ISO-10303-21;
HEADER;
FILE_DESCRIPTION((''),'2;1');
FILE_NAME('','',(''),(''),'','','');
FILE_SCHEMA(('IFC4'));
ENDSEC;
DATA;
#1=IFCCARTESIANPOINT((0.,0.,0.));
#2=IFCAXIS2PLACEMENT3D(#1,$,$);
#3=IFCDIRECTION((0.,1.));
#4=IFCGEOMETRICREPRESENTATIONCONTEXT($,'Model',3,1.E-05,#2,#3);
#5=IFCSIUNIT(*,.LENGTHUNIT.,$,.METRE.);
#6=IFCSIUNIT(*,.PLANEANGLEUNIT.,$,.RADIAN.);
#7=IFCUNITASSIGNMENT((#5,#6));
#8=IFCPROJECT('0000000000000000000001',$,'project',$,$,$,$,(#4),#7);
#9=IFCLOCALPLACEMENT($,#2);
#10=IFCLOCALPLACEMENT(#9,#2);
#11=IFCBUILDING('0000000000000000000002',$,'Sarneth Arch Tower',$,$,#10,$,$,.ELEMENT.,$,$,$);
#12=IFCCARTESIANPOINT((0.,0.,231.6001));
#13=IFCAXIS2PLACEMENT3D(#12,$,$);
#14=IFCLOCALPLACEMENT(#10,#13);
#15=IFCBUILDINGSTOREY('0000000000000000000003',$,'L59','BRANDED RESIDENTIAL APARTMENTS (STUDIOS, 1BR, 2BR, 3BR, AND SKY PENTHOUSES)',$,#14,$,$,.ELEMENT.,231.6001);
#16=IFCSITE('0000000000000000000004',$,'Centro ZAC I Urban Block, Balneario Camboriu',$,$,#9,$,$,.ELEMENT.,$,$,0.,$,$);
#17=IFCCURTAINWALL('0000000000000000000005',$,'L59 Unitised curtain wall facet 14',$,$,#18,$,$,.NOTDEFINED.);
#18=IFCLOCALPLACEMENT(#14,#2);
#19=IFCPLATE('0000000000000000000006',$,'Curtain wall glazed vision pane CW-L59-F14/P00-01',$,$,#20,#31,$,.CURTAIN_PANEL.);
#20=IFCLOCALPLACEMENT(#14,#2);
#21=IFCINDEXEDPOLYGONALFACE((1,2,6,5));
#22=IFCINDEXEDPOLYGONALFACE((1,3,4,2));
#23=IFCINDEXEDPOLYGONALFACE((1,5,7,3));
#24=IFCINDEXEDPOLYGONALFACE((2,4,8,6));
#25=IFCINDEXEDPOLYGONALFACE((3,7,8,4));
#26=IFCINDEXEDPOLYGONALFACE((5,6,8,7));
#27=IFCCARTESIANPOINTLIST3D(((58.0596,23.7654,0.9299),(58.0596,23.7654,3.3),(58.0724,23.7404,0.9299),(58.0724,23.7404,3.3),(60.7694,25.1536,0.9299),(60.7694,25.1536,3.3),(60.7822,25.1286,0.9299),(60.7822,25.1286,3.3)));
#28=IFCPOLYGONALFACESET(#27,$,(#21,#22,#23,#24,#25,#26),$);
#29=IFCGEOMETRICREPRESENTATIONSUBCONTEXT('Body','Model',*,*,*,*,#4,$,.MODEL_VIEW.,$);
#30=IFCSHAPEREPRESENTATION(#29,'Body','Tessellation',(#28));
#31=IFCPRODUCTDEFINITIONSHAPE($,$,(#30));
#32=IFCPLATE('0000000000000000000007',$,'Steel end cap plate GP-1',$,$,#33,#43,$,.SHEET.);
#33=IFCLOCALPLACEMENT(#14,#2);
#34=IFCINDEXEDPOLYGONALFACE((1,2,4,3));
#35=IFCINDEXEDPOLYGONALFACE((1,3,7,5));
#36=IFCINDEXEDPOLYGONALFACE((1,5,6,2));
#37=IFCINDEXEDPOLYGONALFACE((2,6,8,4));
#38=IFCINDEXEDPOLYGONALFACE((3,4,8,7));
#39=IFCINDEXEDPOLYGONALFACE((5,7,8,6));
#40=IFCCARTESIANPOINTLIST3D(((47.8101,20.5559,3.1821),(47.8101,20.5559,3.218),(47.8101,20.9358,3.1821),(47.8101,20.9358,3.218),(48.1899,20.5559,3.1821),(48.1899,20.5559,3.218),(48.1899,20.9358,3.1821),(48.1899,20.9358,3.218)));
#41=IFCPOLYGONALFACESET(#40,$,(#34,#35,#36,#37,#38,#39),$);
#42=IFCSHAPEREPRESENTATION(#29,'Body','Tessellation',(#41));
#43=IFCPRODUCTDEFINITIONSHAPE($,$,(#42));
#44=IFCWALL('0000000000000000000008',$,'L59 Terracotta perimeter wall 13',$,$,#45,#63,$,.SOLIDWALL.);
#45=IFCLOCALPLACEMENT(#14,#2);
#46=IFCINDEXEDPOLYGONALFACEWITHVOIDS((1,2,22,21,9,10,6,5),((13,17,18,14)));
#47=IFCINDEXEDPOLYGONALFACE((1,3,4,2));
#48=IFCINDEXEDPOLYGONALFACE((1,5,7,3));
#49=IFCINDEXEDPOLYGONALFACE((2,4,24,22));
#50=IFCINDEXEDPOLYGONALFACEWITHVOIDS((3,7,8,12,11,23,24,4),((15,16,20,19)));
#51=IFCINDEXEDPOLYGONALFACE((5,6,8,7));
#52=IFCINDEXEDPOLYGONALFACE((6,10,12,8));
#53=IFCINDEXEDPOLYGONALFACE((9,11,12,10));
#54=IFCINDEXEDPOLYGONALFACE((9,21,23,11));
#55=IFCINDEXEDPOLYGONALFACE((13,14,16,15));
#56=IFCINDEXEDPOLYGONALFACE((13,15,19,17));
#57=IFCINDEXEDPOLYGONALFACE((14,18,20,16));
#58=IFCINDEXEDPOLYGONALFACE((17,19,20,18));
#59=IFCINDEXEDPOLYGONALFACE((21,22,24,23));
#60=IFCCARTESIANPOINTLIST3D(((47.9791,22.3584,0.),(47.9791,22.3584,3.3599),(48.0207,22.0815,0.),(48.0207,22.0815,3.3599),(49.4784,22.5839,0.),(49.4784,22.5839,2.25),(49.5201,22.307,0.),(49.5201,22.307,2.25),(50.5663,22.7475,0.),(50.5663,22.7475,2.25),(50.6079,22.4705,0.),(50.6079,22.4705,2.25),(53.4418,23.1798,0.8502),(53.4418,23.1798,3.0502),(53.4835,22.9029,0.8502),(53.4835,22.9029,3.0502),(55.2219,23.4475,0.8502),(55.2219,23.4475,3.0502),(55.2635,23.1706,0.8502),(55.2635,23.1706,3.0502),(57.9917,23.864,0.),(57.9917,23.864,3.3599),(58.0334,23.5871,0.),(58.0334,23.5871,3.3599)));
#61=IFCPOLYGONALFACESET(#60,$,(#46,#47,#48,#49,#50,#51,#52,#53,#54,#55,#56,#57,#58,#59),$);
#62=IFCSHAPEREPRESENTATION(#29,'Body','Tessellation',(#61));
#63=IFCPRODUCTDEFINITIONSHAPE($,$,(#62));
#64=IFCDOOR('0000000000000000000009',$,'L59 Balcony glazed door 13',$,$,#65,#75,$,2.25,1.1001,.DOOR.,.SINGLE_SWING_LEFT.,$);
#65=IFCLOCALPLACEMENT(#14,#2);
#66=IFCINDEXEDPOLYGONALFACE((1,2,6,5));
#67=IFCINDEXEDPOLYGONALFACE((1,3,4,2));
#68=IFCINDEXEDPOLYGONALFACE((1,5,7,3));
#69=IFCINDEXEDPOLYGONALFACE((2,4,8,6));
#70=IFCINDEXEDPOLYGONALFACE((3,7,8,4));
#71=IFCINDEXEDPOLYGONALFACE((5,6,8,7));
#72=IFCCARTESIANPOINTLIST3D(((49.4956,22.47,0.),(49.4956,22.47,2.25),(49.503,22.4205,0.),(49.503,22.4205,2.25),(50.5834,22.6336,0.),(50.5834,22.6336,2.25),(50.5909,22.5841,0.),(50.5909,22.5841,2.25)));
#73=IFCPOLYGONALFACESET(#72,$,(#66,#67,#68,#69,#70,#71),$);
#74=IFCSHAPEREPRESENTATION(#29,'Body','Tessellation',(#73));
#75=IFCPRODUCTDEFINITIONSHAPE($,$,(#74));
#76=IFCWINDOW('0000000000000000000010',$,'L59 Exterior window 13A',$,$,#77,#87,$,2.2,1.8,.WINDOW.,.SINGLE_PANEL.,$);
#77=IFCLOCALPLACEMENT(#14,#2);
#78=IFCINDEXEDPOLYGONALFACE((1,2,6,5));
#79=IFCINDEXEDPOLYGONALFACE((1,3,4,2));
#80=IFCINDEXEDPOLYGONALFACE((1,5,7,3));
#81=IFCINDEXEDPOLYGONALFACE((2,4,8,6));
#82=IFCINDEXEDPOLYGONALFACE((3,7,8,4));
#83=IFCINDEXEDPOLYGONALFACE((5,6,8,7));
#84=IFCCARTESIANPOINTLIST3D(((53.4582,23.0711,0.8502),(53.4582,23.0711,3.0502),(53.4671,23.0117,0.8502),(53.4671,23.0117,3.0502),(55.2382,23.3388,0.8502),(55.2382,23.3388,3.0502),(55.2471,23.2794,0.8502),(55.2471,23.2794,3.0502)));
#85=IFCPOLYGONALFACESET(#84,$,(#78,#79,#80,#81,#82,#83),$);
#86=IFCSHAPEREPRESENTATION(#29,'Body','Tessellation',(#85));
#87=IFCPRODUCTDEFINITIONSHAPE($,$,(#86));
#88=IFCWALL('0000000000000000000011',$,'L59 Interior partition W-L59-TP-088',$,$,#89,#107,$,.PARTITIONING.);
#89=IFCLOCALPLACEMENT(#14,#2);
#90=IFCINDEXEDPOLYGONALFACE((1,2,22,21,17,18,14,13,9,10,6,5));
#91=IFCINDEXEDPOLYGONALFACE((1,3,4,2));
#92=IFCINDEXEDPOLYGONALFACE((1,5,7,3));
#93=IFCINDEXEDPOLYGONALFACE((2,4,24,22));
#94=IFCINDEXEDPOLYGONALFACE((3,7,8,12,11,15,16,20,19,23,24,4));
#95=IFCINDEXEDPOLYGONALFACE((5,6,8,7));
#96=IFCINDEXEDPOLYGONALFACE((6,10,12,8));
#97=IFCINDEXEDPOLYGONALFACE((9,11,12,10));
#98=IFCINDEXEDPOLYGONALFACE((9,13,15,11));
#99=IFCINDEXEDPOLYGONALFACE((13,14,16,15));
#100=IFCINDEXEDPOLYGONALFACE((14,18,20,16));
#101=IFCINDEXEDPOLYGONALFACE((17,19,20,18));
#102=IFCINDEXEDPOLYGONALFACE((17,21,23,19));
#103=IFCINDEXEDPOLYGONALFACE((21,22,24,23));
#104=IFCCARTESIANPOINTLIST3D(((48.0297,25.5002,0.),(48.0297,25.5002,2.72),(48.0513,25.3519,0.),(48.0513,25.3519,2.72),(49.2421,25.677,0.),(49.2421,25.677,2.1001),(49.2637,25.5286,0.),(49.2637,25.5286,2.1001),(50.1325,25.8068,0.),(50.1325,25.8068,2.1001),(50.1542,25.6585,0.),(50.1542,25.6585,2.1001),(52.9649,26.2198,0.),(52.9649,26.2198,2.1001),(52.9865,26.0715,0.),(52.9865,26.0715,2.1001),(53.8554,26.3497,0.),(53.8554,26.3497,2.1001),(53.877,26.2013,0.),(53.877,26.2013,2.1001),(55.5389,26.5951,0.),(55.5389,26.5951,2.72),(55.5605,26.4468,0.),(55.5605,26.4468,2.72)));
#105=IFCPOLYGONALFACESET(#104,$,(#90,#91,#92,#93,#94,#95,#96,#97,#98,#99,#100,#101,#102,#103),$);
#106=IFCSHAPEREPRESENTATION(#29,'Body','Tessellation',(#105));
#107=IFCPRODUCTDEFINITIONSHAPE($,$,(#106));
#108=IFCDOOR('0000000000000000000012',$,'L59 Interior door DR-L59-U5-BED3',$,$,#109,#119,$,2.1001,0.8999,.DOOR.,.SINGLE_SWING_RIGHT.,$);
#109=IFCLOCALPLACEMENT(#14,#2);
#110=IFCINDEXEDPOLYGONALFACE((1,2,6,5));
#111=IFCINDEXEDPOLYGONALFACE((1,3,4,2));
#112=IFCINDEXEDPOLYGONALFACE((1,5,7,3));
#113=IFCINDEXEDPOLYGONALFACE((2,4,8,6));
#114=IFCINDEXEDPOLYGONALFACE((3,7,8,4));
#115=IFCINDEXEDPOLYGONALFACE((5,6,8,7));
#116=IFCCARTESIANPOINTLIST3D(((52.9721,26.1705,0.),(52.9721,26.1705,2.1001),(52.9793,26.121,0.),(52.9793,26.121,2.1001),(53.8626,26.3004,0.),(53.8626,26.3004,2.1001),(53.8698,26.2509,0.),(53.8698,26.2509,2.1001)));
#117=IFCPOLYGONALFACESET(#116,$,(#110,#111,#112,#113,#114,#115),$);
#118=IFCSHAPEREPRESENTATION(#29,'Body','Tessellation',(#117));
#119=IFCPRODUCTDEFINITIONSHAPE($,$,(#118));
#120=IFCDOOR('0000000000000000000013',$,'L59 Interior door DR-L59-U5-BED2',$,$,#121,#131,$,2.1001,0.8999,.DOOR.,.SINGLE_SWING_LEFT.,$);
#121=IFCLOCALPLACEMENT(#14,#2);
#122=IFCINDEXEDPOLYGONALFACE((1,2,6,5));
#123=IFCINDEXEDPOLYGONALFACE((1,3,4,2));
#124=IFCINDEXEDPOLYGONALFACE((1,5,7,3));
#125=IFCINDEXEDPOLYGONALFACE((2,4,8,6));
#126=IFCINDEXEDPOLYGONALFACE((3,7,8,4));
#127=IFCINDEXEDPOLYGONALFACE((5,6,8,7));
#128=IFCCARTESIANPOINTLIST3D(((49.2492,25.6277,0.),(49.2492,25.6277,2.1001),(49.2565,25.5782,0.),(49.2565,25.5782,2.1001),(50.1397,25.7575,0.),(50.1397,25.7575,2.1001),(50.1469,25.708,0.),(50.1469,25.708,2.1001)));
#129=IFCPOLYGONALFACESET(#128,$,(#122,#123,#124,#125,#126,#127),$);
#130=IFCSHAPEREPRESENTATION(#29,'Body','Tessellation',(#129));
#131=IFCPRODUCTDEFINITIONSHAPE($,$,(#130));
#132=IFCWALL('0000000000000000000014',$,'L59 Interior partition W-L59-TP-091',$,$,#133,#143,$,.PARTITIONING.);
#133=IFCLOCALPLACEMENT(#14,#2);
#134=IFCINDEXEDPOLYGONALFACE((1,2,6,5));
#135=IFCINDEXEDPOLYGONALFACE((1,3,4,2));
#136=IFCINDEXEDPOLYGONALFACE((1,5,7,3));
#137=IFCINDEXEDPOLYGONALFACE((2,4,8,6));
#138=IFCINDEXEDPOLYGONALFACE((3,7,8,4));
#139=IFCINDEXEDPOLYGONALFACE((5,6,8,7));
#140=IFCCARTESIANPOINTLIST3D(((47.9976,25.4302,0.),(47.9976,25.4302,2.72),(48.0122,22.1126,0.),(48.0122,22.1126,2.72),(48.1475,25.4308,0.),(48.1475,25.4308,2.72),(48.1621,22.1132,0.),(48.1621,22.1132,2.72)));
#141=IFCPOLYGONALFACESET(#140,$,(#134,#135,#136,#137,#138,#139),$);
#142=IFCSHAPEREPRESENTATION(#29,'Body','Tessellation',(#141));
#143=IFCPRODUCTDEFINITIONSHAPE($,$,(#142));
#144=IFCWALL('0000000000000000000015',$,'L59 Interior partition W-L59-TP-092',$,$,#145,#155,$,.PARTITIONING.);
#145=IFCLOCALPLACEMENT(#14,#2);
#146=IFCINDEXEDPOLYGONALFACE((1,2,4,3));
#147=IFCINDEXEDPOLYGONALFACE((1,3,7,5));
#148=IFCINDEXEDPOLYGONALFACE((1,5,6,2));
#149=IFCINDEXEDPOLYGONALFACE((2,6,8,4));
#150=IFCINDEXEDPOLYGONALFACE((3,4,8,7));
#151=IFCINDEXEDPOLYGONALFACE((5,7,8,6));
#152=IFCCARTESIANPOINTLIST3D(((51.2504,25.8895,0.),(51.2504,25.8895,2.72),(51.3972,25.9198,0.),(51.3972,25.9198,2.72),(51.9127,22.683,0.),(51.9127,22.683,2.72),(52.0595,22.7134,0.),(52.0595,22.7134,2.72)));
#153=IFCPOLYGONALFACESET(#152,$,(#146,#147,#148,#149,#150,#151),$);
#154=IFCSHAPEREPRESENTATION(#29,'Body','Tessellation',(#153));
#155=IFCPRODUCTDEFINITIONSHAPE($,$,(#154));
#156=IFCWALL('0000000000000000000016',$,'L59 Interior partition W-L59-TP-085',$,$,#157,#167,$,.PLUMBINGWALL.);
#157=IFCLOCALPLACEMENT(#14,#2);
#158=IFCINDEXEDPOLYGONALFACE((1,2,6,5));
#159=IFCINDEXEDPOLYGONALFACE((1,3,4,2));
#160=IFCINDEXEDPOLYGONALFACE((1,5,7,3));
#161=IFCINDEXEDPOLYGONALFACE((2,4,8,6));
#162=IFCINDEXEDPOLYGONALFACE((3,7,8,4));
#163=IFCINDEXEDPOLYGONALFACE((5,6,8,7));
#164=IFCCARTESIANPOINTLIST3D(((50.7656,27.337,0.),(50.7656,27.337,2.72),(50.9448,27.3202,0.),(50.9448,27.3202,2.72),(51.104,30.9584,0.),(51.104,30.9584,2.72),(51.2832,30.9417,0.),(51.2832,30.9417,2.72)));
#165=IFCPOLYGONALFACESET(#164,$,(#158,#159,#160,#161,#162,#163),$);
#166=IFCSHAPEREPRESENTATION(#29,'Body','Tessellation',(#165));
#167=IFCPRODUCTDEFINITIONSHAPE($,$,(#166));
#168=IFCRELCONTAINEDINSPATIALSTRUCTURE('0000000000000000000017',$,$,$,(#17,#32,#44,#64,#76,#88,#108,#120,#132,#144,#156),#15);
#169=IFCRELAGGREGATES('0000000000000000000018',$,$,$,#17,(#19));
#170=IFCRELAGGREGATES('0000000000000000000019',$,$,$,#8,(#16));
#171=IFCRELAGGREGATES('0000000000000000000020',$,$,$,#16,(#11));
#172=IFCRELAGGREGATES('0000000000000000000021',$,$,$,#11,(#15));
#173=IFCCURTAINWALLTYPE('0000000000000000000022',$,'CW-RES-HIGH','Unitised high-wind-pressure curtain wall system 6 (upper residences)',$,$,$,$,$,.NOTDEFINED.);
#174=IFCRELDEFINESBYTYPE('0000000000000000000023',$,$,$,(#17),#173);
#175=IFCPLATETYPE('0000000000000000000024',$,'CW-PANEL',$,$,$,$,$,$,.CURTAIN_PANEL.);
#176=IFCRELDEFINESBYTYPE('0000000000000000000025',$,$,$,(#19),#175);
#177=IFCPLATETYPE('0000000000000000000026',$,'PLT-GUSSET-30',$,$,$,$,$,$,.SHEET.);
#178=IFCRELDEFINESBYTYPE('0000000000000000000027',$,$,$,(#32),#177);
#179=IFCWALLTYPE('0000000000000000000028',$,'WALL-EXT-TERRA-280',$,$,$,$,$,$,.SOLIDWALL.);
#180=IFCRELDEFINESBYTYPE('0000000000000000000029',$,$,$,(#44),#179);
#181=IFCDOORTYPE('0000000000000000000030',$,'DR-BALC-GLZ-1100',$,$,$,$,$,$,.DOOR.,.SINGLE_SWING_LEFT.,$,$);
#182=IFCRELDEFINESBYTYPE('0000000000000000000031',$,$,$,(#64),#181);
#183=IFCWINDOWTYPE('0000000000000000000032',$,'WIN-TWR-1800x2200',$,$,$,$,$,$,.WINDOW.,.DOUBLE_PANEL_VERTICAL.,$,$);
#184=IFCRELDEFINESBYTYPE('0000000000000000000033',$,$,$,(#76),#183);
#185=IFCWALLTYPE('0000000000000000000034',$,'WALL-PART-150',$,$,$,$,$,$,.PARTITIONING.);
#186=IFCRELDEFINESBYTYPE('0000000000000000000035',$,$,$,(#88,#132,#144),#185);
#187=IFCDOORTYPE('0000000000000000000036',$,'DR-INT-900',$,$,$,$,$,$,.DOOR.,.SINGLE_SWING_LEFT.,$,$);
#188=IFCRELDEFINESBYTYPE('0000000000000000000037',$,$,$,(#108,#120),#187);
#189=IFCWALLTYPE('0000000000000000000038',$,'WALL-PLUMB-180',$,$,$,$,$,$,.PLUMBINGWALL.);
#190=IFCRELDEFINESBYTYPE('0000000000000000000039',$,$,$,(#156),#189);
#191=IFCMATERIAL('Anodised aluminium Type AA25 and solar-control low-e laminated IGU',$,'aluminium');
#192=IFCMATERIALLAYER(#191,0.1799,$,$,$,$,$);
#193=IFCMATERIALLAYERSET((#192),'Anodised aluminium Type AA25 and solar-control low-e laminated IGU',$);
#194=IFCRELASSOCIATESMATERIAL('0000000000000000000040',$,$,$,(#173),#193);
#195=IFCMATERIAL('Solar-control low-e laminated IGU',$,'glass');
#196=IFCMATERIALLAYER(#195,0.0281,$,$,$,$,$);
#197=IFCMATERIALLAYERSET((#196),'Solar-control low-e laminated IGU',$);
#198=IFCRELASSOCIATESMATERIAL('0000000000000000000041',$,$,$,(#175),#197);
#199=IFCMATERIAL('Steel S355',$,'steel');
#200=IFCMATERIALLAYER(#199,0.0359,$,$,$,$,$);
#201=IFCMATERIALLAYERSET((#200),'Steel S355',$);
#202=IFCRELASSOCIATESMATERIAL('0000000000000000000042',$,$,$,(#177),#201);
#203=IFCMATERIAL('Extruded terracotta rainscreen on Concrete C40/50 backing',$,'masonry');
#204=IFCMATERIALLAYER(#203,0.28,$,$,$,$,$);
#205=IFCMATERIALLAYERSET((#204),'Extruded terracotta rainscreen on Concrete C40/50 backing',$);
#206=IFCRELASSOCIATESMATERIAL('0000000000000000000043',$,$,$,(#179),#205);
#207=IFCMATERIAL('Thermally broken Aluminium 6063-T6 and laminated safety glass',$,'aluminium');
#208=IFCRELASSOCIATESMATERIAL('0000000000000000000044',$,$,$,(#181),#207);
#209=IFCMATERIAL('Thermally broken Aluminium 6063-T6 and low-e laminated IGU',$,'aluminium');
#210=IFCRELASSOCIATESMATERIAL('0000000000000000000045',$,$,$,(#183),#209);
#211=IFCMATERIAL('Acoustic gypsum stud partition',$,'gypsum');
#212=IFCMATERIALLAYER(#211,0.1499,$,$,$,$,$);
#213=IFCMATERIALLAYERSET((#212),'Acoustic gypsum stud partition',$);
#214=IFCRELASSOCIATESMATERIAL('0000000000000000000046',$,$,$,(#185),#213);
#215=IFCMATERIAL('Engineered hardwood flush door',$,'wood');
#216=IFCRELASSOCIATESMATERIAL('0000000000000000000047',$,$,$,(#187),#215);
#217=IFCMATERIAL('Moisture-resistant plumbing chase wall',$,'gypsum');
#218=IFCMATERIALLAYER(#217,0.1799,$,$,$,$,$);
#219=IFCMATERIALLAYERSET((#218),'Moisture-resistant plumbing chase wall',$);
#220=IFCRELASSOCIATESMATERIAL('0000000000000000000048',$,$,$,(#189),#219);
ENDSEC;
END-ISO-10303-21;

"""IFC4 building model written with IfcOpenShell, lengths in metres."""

from ifc_helpers import new_model, si_unit, direction, frame, frame_2d, origin, origin_2d, place, context, subcontext, project, spatial, rectangle, extrude, material, layer, layer_set, type_object, element, fill, aggregate, save


model = new_model("IFC4")

# Units and contexts
model_context = context("Model", 3, precision=1e-05, world=origin(), true_north=direction((0.0, 1.0)))
body_context = subcontext(model_context, "Body", "Model", "MODEL_VIEW")
ifc_project = project(units=[si_unit("LENGTHUNIT", "METRE"), si_unit("PLANEANGLEUNIT", "RADIAN")], contexts=[model_context])

# Site, building, storey
site_placement = place(None, origin())
site = spatial("IfcSite", under=ifc_project, at=site_placement, Name="Centro ZAC I Urban Block, Balneario Camboriu", CompositionType="ELEMENT", RefElevation=0.0)
building_placement = place(site_placement, origin())
building = spatial("IfcBuilding", under=site, at=building_placement, Name="Sarneth Arch Tower", CompositionType="ELEMENT")
storey_placement = place(building_placement, frame((0.0, 0.0, 231.6001)))
storey = spatial("IfcBuildingStorey", under=building, at=storey_placement, Name="L59", Description="BRANDED RESIDENTIAL APARTMENTS (STUDIOS, 1BR, 2BR, 3BR, AND SKY PENTHOUSES)", CompositionType="ELEMENT", Elevation=231.6001)

# Curtain wall, plate
ifc_material_1 = material(Name="Anodised aluminium Type AA25 and solar-control low-e laminated IGU", Category="aluminium")
ifc_layer_1 = layer(ifc_material_1, 0.1799)
ifc_layer_set_1 = layer_set([ifc_layer_1], Name="Anodised aluminium Type AA25 and solar-control low-e laminated IGU")
curtain_wall_type = type_object("IfcCurtainWallType", Name="CW-RES-HIGH", Description="Unitised high-wind-pressure curtain wall system 6 (upper residences)", PredefinedType="NOTDEFINED", material=ifc_layer_set_1)
curtain_wall_placement = place(storey_placement, origin())
curtain_wall = element("IfcCurtainWall", 1, at=curtain_wall_placement, inside=storey, type_object=curtain_wall_type, Name="L59 Unitised curtain wall facet 14", PredefinedType="NOTDEFINED")
ifc_material_2 = material(Name="Solar-control low-e laminated IGU", Category="glass")
ifc_layer_2 = layer(ifc_material_2, 0.0281)
ifc_layer_set_2 = layer_set([ifc_layer_2], Name="Solar-control low-e laminated IGU")
plate_type_1 = type_object("IfcPlateType", Name="CW-PANEL", PredefinedType="CURTAIN_PANEL", material=ifc_layer_set_2)
plate_1_placement = place(storey_placement, frame((59.4209, 24.447, 0.9299), z_axis=(0.0, 0.0, 1.0), x_axis=(0.89001, 0.455942, 0.0)))
plate_1 = element("IfcPlate", 2, at=plate_1_placement, type_object=plate_type_1, Name="Curtain wall glazed vision pane CW-L59-F14/P00-01", PredefinedType="CURTAIN_PANEL", context=body_context, shape_type="SweptSolid", body=[
    extrude(rectangle(XDim=3.0447, YDim=0.0281, at=origin_2d()), origin(), (0.0, 0.0, 1.0), 2.3701),
])
aggregate(curtain_wall, [plate_1])

# Plate
ifc_material_3 = material(Name="Steel S355", Category="steel")
ifc_layer_3 = layer(ifc_material_3, 0.0359)
ifc_layer_set_3 = layer_set([ifc_layer_3], Name="Steel S355")
plate_type_2 = type_object("IfcPlateType", Name="PLT-GUSSET-30", PredefinedType="SHEET", material=ifc_layer_set_3)
plate_2_placement = place(storey_placement, frame((48.0, 20.7458, 3.1821), z_axis=(0.0, 0.0, 1.0), x_axis=(0.0, -1.0, 0.0)))
element("IfcPlate", 3, at=plate_2_placement, inside=storey, type_object=plate_type_2, Name="Steel end cap plate GP-1", PredefinedType="SHEET", context=body_context, shape_type="SweptSolid", body=[
    extrude(rectangle(XDim=0.3799, YDim=0.3799, at=origin_2d()), origin(), (0.0, 0.0, 1.0), 0.0359),
])

# Wall, openings, door, window
ifc_material_4 = material(Name="Extruded terracotta rainscreen on Concrete C40/50 backing", Category="masonry")
ifc_layer_4 = layer(ifc_material_4, 0.28)
ifc_layer_set_4 = layer_set([ifc_layer_4], Name="Extruded terracotta rainscreen on Concrete C40/50 backing")
wall_type_1 = type_object("IfcWallType", Name="WALL-EXT-TERRA-280", PredefinedType="SOLIDWALL", material=ifc_layer_set_4)
wall_1_placement = place(storey_placement, frame((48.0, 22.22, 0.0), z_axis=(0.0, 0.0, 1.0), x_axis=(0.988883, 0.148699, 0.0)))
wall_1 = element("IfcWall", 4, at=wall_1_placement, inside=storey, type_object=wall_type_1, Name="L59 Terracotta perimeter wall 13", PredefinedType="SOLIDWALL", context=body_context, shape_type="SweptSolid", body=[
    extrude(rectangle(XDim=10.1252, YDim=0.28, at=frame_2d((5.0625, 0.0))), origin(), (0.0, 0.0, 1.0), 3.3599),
])
opening_1_placement = place(wall_1_placement, frame((1.5161, 0.0, 0.0)))
opening_1 = element("IfcOpeningElement", 5, at=opening_1_placement, cuts=wall_1, PredefinedType="OPENING", context=body_context, shape_type="SweptSolid", body=[
    extrude(rectangle(XDim=1.1001, YDim=2.25, at=frame_2d((0.55, 1.125))), frame((0.0, 0.1499, 0.0), z_axis=(0.0, -1.0, 0.0), x_axis=(1.0, 0.0, 0.0)), (0.0, 0.0, 1.0), 0.3),
])
opening_2_placement = place(wall_1_placement, frame((5.5242, 0.0, 0.8501)))
opening_2 = element("IfcOpeningElement", 6, at=opening_2_placement, cuts=wall_1, PredefinedType="OPENING", context=body_context, shape_type="SweptSolid", body=[
    extrude(rectangle(XDim=1.8, YDim=2.2, at=frame_2d((0.8999, 1.1001))), frame((0.0, 0.1499, 0.0), z_axis=(0.0, -1.0, 0.0), x_axis=(1.0, 0.0, 0.0)), (0.0, 0.0, 1.0), 0.3),
])
ifc_material_5 = material(Name="Thermally broken Aluminium 6063-T6 and laminated safety glass", Category="aluminium")
door_type_1 = type_object("IfcDoorType", Name="DR-BALC-GLZ-1100", OperationType="SINGLE_SWING_LEFT", PredefinedType="DOOR", material=ifc_material_5)
door_1_placement = place(opening_1_placement, origin())
door_1 = element("IfcDoor", 7, at=door_1_placement, inside=storey, type_object=door_type_1, Name="L59 Balcony glazed door 13", OperationType="SINGLE_SWING_LEFT", OverallHeight=2.25, OverallWidth=1.1001, PredefinedType="DOOR", context=body_context, shape_type="SweptSolid", body=[
    extrude(rectangle(XDim=1.1001, YDim=2.25, at=frame_2d((0.55, 1.125))), frame((0.0, 0.0249, 0.0), z_axis=(0.0, -1.0, 0.0), x_axis=(1.0, 0.0, 0.0)), (0.0, 0.0, 1.0), 0.05),
])
fill(opening_1, door_1)
ifc_material_6 = material(Name="Thermally broken Aluminium 6063-T6 and low-e laminated IGU", Category="aluminium")
window_type = type_object("IfcWindowType", Name="WIN-TWR-1800x2200", PartitioningType="DOUBLE_PANEL_VERTICAL", PredefinedType="WINDOW", material=ifc_material_6)
window_placement = place(opening_2_placement, origin())
window = element("IfcWindow", 8, at=window_placement, inside=storey, type_object=window_type, Name="L59 Exterior window 13A", OverallHeight=2.2, OverallWidth=1.8, PartitioningType="SINGLE_PANEL", PredefinedType="WINDOW", context=body_context, shape_type="SweptSolid", body=[
    extrude(rectangle(XDim=1.8, YDim=2.2, at=frame_2d((0.8999, 1.1001))), frame((0.0, 0.03, 0.0), z_axis=(0.0, -1.0, 0.0), x_axis=(1.0, 0.0, 0.0)), (0.0, 0.0, 1.0), 0.0601),
])
fill(opening_2, window)

# Wall, openings, doors
ifc_material_7 = material(Name="Acoustic gypsum stud partition", Category="gypsum")
ifc_layer_5 = layer(ifc_material_7, 0.1499)
ifc_layer_set_5 = layer_set([ifc_layer_5], Name="Acoustic gypsum stud partition")
wall_type_2 = type_object("IfcWallType", Name="WALL-PART-150", PredefinedType="PARTITIONING", material=ifc_layer_set_5)
wall_2_placement = place(storey_placement, frame((55.5498, 26.521, 0.0), z_axis=(0.0, 0.0, 1.0), x_axis=(-0.989535, -0.14429, 0.0)))
wall_2 = element("IfcWall", 9, at=wall_2_placement, inside=storey, type_object=wall_type_2, Name="L59 Interior partition W-L59-TP-088", PredefinedType="PARTITIONING", context=body_context, shape_type="SweptSolid", body=[
    extrude(rectangle(XDim=7.5886, YDim=0.1499, at=frame_2d((3.7944, 0.0))), origin(), (0.0, 0.0, 1.0), 2.72),
])
opening_3_placement = place(wall_2_placement, frame((1.7014, 0.0, 0.0)))
opening_3 = element("IfcOpeningElement", 10, at=opening_3_placement, cuts=wall_2, PredefinedType="OPENING", context=body_context, shape_type="SweptSolid", body=[
    extrude(rectangle(XDim=0.8999, YDim=2.1001, at=frame_2d((0.45, 1.05))), frame((0.0, 0.085, 0.0), z_axis=(0.0, -1.0, 0.0), x_axis=(1.0, 0.0, 0.0)), (0.0, 0.0, 1.0), 0.1699),
])
opening_4_placement = place(wall_2_placement, frame((5.4636, 0.0, 0.0)))
opening_4 = element("IfcOpeningElement", 11, at=opening_4_placement, cuts=wall_2, PredefinedType="OPENING", context=body_context, shape_type="SweptSolid", body=[
    extrude(rectangle(XDim=0.8999, YDim=2.1001, at=frame_2d((0.45, 1.05))), frame((0.0, 0.085, 0.0), z_axis=(0.0, -1.0, 0.0), x_axis=(1.0, 0.0, 0.0)), (0.0, 0.0, 1.0), 0.1699),
])
ifc_material_8 = material(Name="Engineered hardwood flush door", Category="wood")
door_type_2 = type_object("IfcDoorType", Name="DR-INT-900", OperationType="SINGLE_SWING_LEFT", PredefinedType="DOOR", material=ifc_material_8)
door_2_placement = place(opening_3_placement, origin())
door_2 = element("IfcDoor", 12, at=door_2_placement, inside=storey, type_object=door_type_2, Name="L59 Interior door DR-L59-U5-BED3", OperationType="SINGLE_SWING_RIGHT", OverallHeight=2.1001, OverallWidth=0.8999, PredefinedType="DOOR", context=body_context, shape_type="SweptSolid", body=[
    extrude(rectangle(XDim=0.8999, YDim=2.1001, at=frame_2d((0.45, 1.05))), frame((0.0, 0.0249, 0.0), z_axis=(0.0, -1.0, 0.0), x_axis=(1.0, 0.0, 0.0)), (0.0, 0.0, 1.0), 0.05),
])
fill(opening_3, door_2)
door_3_placement = place(opening_4_placement, origin())
door_3 = element("IfcDoor", 13, at=door_3_placement, inside=storey, type_object=door_type_2, Name="L59 Interior door DR-L59-U5-BED2", OperationType="SINGLE_SWING_LEFT", OverallHeight=2.1001, OverallWidth=0.8999, PredefinedType="DOOR", context=body_context, shape_type="SweptSolid", body=[
    extrude(rectangle(XDim=0.8999, YDim=2.1001, at=frame_2d((0.45, 1.05))), frame((0.0, 0.0249, 0.0), z_axis=(0.0, -1.0, 0.0), x_axis=(1.0, 0.0, 0.0)), (0.0, 0.0, 1.0), 0.05),
])
fill(opening_4, door_3)

# Walls
wall_3_placement = place(storey_placement, frame((48.0872, 22.113, 0.0), z_axis=(0.0, 0.0, 1.0), x_axis=(-0.004415, 0.99999, 0.0)))
element("IfcWall", 14, at=wall_3_placement, inside=storey, type_object=wall_type_2, Name="L59 Interior partition W-L59-TP-091", PredefinedType="PARTITIONING", context=body_context, shape_type="SweptSolid", body=[
    extrude(rectangle(XDim=3.3176, YDim=0.1499, at=frame_2d((1.6587, 0.0))), origin(), (0.0, 0.0, 1.0), 2.72),
])
wall_4_placement = place(storey_placement, frame((51.3237, 25.9048, 0.0), z_axis=(0.0, 0.0, 1.0), x_axis=(0.202292, -0.979325, 0.0)))
element("IfcWall", 15, at=wall_4_placement, inside=storey, type_object=wall_type_2, Name="L59 Interior partition W-L59-TP-092", PredefinedType="PARTITIONING", context=body_context, shape_type="SweptSolid", body=[
    extrude(rectangle(XDim=3.2742, YDim=0.1499, at=frame_2d((1.6372, 0.0))), origin(), (0.0, 0.0, 1.0), 2.72),
])
ifc_material_9 = material(Name="Moisture-resistant plumbing chase wall", Category="gypsum")
ifc_layer_6 = layer(ifc_material_9, 0.1799)
ifc_layer_set_6 = layer_set([ifc_layer_6], Name="Moisture-resistant plumbing chase wall")
wall_type_3 = type_object("IfcWallType", Name="WALL-PLUMB-180", PredefinedType="PLUMBINGWALL", material=ifc_layer_set_6)
wall_5_placement = place(storey_placement, frame((50.8552, 27.3286, 0.0), z_axis=(0.0, 0.0, 1.0), x_axis=(0.093035, 0.995663, 0.0)))
element("IfcWall", 16, at=wall_5_placement, inside=storey, type_object=wall_type_3, Name="L59 Interior partition W-L59-TP-085", PredefinedType="PLUMBINGWALL", context=body_context, shape_type="SweptSolid", body=[
    extrude(rectangle(XDim=3.6372, YDim=0.1799, at=frame_2d((1.8186, 0.0))), origin(), (0.0, 0.0, 1.0), 2.72),
])

save(model, "model.ifc")
